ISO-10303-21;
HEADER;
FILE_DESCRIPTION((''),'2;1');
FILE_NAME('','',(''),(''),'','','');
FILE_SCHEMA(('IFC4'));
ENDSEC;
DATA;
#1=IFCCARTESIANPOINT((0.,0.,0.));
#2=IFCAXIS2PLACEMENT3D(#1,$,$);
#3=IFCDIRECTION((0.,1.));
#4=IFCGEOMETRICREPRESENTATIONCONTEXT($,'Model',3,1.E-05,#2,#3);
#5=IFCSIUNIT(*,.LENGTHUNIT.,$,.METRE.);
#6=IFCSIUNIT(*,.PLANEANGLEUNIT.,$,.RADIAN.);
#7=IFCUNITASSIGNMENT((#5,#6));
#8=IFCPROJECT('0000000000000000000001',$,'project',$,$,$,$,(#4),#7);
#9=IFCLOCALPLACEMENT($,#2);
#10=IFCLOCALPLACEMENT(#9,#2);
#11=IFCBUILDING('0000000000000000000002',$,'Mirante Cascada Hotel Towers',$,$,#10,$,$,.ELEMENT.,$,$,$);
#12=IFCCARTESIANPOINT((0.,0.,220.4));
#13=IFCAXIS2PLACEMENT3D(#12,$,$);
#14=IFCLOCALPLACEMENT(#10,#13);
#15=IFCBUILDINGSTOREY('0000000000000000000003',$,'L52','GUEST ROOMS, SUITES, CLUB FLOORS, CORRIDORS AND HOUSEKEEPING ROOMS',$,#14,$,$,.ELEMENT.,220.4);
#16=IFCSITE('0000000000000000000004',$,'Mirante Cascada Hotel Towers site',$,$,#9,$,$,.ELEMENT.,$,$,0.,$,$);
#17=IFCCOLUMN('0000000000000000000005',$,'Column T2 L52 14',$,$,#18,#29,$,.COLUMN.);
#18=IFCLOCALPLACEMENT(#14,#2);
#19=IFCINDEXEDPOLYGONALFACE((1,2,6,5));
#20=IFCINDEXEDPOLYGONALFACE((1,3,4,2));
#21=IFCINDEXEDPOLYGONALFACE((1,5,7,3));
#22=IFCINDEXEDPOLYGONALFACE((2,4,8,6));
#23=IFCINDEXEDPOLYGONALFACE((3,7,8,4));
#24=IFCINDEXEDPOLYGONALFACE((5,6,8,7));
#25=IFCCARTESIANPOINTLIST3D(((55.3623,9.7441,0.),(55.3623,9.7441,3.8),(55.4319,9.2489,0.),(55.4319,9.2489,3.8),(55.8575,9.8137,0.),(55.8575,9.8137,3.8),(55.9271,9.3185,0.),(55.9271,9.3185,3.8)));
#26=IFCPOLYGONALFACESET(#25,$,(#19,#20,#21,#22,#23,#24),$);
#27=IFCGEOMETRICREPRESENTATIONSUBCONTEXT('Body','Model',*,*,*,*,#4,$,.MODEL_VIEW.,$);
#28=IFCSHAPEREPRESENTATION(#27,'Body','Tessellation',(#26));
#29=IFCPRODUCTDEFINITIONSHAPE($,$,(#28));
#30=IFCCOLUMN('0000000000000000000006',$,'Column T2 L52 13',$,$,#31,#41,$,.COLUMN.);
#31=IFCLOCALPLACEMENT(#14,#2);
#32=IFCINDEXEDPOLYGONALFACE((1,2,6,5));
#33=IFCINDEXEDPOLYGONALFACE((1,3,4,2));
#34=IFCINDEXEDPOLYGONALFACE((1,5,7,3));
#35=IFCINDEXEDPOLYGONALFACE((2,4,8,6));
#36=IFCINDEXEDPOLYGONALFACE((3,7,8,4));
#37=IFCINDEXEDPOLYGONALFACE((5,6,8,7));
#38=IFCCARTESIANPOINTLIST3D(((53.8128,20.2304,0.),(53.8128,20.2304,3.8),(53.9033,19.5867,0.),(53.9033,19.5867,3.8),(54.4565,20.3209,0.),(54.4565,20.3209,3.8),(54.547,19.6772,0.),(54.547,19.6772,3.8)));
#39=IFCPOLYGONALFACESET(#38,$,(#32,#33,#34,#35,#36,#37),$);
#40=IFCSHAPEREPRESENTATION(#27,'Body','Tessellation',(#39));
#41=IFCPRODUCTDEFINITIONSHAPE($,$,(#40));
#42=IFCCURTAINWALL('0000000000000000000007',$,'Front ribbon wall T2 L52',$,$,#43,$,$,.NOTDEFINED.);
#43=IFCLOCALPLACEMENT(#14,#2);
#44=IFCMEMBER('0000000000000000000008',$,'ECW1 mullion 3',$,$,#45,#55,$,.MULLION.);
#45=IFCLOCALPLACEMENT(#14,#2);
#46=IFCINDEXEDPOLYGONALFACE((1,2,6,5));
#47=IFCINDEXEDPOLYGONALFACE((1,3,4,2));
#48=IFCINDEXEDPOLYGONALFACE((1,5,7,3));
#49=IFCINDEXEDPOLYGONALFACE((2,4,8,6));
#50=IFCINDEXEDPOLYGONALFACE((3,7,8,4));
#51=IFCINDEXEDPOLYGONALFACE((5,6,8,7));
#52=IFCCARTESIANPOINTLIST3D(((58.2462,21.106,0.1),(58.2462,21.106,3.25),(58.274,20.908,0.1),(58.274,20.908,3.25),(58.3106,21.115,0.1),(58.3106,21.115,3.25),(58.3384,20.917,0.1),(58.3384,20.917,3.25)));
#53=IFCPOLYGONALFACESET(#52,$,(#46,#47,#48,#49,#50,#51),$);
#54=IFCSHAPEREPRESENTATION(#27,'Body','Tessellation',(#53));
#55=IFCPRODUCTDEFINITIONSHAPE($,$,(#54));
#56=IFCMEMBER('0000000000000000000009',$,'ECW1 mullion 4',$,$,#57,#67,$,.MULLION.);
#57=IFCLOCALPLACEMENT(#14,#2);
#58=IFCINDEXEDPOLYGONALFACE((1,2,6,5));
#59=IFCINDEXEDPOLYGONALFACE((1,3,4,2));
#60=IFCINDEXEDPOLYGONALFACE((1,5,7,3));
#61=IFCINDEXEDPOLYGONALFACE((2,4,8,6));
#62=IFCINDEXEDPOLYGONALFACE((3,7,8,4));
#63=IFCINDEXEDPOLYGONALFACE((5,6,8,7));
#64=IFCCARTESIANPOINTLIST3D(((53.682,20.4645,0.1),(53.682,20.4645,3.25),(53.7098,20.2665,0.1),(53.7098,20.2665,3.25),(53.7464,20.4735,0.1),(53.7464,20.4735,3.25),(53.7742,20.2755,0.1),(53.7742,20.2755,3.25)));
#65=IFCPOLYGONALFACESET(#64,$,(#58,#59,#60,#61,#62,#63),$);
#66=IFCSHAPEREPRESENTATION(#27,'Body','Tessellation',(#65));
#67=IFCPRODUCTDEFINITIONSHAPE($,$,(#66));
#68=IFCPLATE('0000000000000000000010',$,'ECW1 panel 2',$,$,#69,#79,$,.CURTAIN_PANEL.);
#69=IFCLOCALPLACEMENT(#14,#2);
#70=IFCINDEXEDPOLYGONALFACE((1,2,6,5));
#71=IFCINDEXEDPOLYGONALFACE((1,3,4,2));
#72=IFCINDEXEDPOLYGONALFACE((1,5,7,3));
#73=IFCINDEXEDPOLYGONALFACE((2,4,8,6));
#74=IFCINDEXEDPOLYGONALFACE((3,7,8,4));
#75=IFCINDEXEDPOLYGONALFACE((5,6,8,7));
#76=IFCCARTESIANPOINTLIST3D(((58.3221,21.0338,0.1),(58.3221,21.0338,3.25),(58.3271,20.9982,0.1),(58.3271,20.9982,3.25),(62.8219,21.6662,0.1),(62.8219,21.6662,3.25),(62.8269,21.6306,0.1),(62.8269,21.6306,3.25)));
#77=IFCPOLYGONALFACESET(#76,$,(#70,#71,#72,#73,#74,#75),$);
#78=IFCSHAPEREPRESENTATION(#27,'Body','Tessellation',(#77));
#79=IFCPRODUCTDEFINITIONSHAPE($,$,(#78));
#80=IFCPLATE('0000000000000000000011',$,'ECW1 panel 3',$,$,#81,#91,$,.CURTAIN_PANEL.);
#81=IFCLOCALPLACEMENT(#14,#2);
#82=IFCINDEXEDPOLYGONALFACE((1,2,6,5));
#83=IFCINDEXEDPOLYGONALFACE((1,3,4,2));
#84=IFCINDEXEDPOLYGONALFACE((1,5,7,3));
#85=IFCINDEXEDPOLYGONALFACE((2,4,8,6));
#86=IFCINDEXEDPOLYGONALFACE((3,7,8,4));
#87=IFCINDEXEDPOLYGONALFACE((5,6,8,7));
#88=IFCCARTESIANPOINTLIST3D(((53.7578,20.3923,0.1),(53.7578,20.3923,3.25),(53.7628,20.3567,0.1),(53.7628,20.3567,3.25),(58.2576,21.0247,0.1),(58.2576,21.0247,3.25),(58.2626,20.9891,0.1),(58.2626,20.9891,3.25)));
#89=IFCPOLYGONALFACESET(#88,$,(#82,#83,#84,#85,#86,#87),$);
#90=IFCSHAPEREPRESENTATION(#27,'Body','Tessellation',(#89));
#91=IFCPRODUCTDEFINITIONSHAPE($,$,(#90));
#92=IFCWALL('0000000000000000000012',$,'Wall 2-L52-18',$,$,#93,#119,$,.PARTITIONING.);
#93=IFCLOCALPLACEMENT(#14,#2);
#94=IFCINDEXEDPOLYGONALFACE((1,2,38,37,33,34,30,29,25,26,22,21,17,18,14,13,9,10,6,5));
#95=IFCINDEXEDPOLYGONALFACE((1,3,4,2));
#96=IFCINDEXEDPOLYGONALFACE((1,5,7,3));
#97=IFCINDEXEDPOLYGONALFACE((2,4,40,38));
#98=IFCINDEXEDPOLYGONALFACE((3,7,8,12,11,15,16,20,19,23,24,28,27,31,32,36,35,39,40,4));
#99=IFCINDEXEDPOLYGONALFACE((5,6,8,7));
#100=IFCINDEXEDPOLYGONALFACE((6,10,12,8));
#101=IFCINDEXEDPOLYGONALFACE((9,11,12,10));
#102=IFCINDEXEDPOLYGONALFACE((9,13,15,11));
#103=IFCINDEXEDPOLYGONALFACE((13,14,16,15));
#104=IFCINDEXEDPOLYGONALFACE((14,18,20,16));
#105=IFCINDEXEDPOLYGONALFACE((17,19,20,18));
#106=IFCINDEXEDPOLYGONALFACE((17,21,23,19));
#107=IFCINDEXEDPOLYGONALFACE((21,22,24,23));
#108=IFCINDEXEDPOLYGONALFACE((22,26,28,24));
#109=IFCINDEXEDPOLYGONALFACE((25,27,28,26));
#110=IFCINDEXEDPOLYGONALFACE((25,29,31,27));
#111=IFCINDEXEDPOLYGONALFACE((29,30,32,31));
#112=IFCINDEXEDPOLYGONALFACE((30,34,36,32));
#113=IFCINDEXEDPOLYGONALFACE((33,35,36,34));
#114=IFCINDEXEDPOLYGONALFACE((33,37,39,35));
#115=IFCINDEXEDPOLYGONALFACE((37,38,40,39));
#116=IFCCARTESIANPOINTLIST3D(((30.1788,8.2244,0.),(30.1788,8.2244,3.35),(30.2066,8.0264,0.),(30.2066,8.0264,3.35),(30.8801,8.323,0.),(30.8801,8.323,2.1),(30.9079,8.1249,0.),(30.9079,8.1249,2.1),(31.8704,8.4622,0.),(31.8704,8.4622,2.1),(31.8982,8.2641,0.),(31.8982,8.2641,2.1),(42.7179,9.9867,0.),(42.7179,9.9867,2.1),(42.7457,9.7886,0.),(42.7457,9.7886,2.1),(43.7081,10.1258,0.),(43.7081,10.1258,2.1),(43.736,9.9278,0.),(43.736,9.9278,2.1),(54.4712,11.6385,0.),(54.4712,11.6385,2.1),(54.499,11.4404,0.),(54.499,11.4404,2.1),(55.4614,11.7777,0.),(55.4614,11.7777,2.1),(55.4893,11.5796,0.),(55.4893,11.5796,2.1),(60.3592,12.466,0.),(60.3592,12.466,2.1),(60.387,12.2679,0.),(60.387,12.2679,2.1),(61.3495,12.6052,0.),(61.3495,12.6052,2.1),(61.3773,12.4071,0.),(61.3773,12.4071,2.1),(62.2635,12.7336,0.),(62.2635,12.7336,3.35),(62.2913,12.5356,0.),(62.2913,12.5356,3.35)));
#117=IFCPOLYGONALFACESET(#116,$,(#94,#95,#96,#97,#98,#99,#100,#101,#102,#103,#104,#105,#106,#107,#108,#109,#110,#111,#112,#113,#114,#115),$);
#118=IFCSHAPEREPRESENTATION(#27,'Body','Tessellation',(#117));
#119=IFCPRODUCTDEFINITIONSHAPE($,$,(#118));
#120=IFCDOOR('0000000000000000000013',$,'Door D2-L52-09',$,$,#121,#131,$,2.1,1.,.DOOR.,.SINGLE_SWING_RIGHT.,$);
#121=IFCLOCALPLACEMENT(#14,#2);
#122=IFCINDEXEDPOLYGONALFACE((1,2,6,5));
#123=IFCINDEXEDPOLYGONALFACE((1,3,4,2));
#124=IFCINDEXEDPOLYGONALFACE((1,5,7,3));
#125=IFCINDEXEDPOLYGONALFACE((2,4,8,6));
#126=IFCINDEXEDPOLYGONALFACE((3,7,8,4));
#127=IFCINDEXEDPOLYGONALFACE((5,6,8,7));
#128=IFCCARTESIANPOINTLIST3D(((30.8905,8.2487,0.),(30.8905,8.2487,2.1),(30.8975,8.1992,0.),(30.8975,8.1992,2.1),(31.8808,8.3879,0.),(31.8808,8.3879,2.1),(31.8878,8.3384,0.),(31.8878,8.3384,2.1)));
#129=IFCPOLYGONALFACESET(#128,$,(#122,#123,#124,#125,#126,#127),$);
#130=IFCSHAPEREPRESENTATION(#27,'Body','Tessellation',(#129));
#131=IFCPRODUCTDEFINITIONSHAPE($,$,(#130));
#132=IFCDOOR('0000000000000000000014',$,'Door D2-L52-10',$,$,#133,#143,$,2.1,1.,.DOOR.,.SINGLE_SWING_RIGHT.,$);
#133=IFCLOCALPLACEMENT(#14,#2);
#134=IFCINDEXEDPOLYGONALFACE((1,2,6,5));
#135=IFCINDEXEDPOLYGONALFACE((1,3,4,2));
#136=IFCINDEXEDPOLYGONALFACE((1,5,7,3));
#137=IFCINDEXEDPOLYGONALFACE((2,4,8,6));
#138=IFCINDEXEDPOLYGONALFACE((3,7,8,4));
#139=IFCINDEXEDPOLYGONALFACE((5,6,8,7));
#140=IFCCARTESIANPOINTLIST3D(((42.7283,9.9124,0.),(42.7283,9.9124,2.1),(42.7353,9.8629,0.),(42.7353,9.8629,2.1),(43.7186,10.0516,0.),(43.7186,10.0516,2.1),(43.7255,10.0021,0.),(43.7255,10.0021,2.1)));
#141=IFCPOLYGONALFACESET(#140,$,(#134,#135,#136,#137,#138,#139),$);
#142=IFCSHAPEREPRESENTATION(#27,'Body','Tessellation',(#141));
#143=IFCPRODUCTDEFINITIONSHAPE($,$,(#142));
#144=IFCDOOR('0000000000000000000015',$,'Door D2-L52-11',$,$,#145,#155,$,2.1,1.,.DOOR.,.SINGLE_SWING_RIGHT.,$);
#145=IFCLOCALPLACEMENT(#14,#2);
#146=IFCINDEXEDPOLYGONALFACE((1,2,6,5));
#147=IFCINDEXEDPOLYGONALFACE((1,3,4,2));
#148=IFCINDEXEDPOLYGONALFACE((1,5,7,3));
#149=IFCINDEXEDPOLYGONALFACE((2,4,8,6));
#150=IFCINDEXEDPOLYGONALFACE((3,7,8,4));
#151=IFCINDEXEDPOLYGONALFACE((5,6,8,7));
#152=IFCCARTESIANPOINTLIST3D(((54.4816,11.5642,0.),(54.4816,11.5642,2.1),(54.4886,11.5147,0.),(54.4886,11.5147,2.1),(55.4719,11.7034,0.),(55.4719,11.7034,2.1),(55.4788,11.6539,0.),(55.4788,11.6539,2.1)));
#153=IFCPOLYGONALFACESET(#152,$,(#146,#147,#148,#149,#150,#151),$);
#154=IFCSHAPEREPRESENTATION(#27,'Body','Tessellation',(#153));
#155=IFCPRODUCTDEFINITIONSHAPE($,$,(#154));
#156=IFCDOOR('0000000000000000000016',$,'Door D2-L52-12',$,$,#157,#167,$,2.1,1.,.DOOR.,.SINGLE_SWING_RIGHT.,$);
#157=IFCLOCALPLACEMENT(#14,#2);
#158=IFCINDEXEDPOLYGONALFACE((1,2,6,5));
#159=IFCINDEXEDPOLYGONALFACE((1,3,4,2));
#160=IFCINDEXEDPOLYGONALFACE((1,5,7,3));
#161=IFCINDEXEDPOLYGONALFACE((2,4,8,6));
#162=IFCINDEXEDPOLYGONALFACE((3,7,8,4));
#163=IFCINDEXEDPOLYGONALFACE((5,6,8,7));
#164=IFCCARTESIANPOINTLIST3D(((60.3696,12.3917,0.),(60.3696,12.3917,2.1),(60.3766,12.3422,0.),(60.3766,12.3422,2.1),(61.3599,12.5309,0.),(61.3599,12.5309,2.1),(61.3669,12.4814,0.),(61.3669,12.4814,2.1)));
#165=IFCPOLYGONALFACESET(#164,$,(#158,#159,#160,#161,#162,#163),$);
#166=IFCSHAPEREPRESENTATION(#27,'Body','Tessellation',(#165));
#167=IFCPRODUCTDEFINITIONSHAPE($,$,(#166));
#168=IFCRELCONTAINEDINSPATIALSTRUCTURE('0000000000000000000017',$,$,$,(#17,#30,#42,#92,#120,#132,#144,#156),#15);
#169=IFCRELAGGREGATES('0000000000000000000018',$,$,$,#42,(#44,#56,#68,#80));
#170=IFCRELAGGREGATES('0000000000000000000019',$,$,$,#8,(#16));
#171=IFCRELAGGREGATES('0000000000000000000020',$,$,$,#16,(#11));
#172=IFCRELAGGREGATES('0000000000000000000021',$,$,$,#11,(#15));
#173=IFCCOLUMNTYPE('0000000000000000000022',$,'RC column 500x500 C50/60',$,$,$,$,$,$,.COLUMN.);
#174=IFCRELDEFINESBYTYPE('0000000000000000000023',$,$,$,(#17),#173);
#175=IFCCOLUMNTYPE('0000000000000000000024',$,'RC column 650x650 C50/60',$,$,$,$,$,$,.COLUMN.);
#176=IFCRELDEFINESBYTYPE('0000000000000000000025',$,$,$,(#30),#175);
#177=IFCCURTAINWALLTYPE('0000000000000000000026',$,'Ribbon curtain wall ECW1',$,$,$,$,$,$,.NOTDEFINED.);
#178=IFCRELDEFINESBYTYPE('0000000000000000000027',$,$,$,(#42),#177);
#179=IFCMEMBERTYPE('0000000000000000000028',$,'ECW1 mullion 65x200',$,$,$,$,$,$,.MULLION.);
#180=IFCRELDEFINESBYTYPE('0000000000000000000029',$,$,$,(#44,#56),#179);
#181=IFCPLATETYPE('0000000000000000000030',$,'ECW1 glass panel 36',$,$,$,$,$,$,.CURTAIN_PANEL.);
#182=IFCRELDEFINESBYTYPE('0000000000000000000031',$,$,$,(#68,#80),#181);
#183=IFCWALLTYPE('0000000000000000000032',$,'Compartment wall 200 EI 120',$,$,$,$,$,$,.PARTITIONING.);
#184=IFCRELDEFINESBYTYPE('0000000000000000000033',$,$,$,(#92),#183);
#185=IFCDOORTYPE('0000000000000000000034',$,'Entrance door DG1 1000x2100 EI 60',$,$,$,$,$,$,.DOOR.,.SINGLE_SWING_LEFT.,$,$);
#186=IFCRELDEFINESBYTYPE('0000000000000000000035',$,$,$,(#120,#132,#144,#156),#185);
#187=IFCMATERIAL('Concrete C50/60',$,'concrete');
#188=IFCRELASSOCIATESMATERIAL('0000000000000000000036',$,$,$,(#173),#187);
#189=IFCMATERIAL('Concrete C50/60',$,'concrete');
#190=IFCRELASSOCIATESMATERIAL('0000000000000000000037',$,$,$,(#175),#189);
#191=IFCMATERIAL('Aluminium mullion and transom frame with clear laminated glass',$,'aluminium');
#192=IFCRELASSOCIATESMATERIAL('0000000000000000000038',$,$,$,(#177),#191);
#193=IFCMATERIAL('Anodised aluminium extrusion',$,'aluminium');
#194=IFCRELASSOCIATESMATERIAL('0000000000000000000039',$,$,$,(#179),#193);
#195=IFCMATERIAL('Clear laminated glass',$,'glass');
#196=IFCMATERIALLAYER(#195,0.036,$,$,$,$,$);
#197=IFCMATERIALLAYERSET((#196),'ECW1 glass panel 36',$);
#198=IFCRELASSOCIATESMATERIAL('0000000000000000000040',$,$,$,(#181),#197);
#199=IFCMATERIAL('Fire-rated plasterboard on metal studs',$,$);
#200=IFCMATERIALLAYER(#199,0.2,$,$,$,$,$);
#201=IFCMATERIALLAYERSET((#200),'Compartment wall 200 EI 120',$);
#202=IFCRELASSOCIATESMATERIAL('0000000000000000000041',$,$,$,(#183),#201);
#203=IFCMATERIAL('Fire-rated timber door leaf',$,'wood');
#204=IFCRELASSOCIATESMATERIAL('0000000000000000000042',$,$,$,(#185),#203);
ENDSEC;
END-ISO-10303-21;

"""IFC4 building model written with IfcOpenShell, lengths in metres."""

from ifc_helpers import new_model, si_unit, direction, frame, frame_2d, origin, origin_2d, place, context, subcontext, project, spatial, rectangle, extrude, material, layer, layer_set, material_profile, profile_set, type_object, element, fill, aggregate, save


model = new_model("IFC4")

# Units and contexts
model_context = context("Model", 3, precision=1e-05, world=origin(), true_north=direction((0.0, 1.0)))
body_context = subcontext(model_context, "Body", "Model", "MODEL_VIEW")
ifc_project = project(units=[si_unit("LENGTHUNIT", "METRE"), si_unit("PLANEANGLEUNIT", "RADIAN")], contexts=[model_context])

# Site, building, storey
site_placement = place(None, origin())
site = spatial("IfcSite", under=ifc_project, at=site_placement, Name="Mirante Cascada Hotel Towers site", CompositionType="ELEMENT", RefElevation=0.0)
building_placement = place(site_placement, origin())
building = spatial("IfcBuilding", under=site, at=building_placement, Name="Mirante Cascada Hotel Towers", CompositionType="ELEMENT")
storey_placement = place(building_placement, frame((0.0, 0.0, 220.4)))
storey = spatial("IfcBuildingStorey", under=building, at=storey_placement, Name="L52", Description="GUEST ROOMS, SUITES, CLUB FLOORS, CORRIDORS AND HOUSEKEEPING ROOMS", CompositionType="ELEMENT", Elevation=220.4)

# Columns
ifc_material_1 = material(Name="Concrete C50/60", Category="concrete")
ifc_material_profile_1 = material_profile(ifc_material_1, rectangle(XDim=0.5, YDim=0.5, at=origin_2d()), Name="RC column 500x500 C50/60")
ifc_profile_set_1 = profile_set([ifc_material_profile_1], Name="Concrete C50/60")
column_type_1 = type_object("IfcColumnType", Name="RC column 500x500 C50/60", PredefinedType="COLUMN", material=ifc_profile_set_1)
column_1_placement = place(storey_placement, frame((55.6447, 9.5313, 0.0), z_axis=(0.0, 0.0, 1.0), x_axis=(0.990268, 0.139173, 0.0)))
element("IfcColumn", 1, at=column_1_placement, inside=storey, type_object=column_type_1, Name="Column T2 L52 14", PredefinedType="COLUMN", context=body_context, shape_type="SweptSolid", body=[
    extrude(rectangle(XDim=0.5, YDim=0.5, at=origin_2d()), origin(), (0.0, 0.0, 1.0), 3.8),
])
ifc_material_2 = material(Name="Concrete C50/60", Category="concrete")
ifc_material_profile_2 = material_profile(ifc_material_2, rectangle(XDim=0.65, YDim=0.65, at=origin_2d()), Name="RC column 650x650 C50/60")
ifc_profile_set_2 = profile_set([ifc_material_profile_2], Name="Concrete C50/60")
column_type_2 = type_object("IfcColumnType", Name="RC column 650x650 C50/60", PredefinedType="COLUMN", material=ifc_profile_set_2)
column_2_placement = place(storey_placement, frame((54.1799, 19.9538, 0.0), z_axis=(0.0, 0.0, 1.0), x_axis=(0.990268, 0.139173, 0.0)))
element("IfcColumn", 2, at=column_2_placement, inside=storey, type_object=column_type_2, Name="Column T2 L52 13", PredefinedType="COLUMN", context=body_context, shape_type="SweptSolid", body=[
    extrude(rectangle(XDim=0.65, YDim=0.65, at=origin_2d()), origin(), (0.0, 0.0, 1.0), 3.8),
])

# Curtain wall, members, plates
ifc_material_3 = material(Name="Aluminium mullion and transom frame with clear laminated glass", Category="aluminium")
curtain_wall_type = type_object("IfcCurtainWallType", Name="Ribbon curtain wall ECW1", PredefinedType="NOTDEFINED", material=ifc_material_3)
curtain_wall_placement = place(storey_placement, origin())
curtain_wall = element("IfcCurtainWall", 3, at=curtain_wall_placement, inside=storey, type_object=curtain_wall_type, Name="Front ribbon wall T2 L52", PredefinedType="NOTDEFINED")
ifc_material_4 = material(Name="Anodised aluminium extrusion", Category="aluminium")
ifc_material_profile_3 = material_profile(ifc_material_4, rectangle(XDim=0.2, YDim=0.065, at=origin_2d()), Name="ECW1 MULLION 65x200")
ifc_profile_set_3 = profile_set([ifc_material_profile_3], Name="Anodised aluminium extrusion")
member_type = type_object("IfcMemberType", Name="ECW1 mullion 65x200", PredefinedType="MULLION", material=ifc_profile_set_3)
member_1_placement = place(storey_placement, frame((58.2923, 21.0115, 0.1), z_axis=(0.0, 0.0, 1.0), x_axis=(0.139173, -0.990268, 0.0)))
member_1 = element("IfcMember", 4, at=member_1_placement, type_object=member_type, Name="ECW1 mullion 3", PredefinedType="MULLION", context=body_context, shape_type="SweptSolid", body=[
    extrude(rectangle(XDim=0.2, YDim=0.065, at=origin_2d()), origin(), (0.0, 0.0, 1.0), 3.15),
])
member_2_placement = place(storey_placement, frame((53.7281, 20.37, 0.1), z_axis=(0.0, 0.0, 1.0), x_axis=(0.139173, -0.990268, 0.0)))
member_2 = element("IfcMember", 5, at=member_2_placement, type_object=member_type, Name="ECW1 mullion 4", PredefinedType="MULLION", context=body_context, shape_type="SweptSolid", body=[
    extrude(rectangle(XDim=0.2, YDim=0.065, at=origin_2d()), origin(), (0.0, 0.0, 1.0), 3.15),
])
ifc_material_5 = material(Name="Clear laminated glass", Category="glass")
ifc_layer_1 = layer(ifc_material_5, 0.036)
ifc_layer_set_1 = layer_set([ifc_layer_1], Name="ECW1 glass panel 36")
plate_type = type_object("IfcPlateType", Name="ECW1 glass panel 36", PredefinedType="CURTAIN_PANEL", material=ifc_layer_set_1)
plate_1_placement = place(storey_placement, frame((60.5745, 21.3322, 0.1), z_axis=(0.0, 0.0, 1.0), x_axis=(-0.990268, -0.139173, 0.0)))
plate_1 = element("IfcPlate", 6, at=plate_1_placement, type_object=plate_type, Name="ECW1 panel 2", PredefinedType="CURTAIN_PANEL", context=body_context, shape_type="SweptSolid", body=[
    extrude(rectangle(XDim=4.5441, YDim=0.036, at=origin_2d()), origin(), (0.0, 0.0, 1.0), 3.15),
])
plate_2_placement = place(storey_placement, frame((56.0102, 20.6907, 0.1), z_axis=(0.0, 0.0, 1.0), x_axis=(-0.990268, -0.139173, 0.0)))
plate_2 = element("IfcPlate", 7, at=plate_2_placement, type_object=plate_type, Name="ECW1 panel 3", PredefinedType="CURTAIN_PANEL", context=body_context, shape_type="SweptSolid", body=[
    extrude(rectangle(XDim=4.5441, YDim=0.036, at=origin_2d()), origin(), (0.0, 0.0, 1.0), 3.15),
])
aggregate(curtain_wall, [member_1, member_2, plate_1, plate_2])

# Wall, openings, doors
ifc_material_6 = material(Name="Fire-rated plasterboard on metal studs")
ifc_layer_2 = layer(ifc_material_6, 0.2)
ifc_layer_set_2 = layer_set([ifc_layer_2], Name="Compartment wall 200 EI 120")
wall_type_1 = type_object("IfcWallType", Name="Compartment wall 200 EI 120", PredefinedType="PARTITIONING", material=ifc_layer_set_2)
wall_1_placement = place(storey_placement, frame((62.2774, 12.6346, 0.0), z_axis=(0.0, 0.0, 1.0), x_axis=(-0.990268, -0.139173, 0.0)))
wall_1 = element("IfcWall", 8, at=wall_1_placement, inside=storey, type_object=wall_type_1, Name="Wall 2-L52-18", PredefinedType="PARTITIONING", context=body_context, shape_type="SweptSolid", body=[
    extrude(rectangle(XDim=32.4, YDim=0.2, at=frame_2d((16.2, 0.0))), origin(), (0.0, 0.0, 1.0), 3.35),
])
opening_1_placement = place(wall_1_placement, frame((30.6918, 0.0, 0.0)))
opening_1 = element("IfcOpeningElement", 9, at=opening_1_placement, cuts=wall_1, PredefinedType="OPENING", context=body_context, shape_type="SweptSolid", body=[
    extrude(rectangle(XDim=1.0, YDim=2.1, at=frame_2d((0.5, 1.05))), frame((0.0, 0.1, 0.0), z_axis=(0.0, -1.0, 0.0), x_axis=(1.0, 0.0, 0.0)), (0.0, 0.0, 1.0), 0.2),
])
opening_2_placement = place(wall_1_placement, frame((18.7377, 0.0, 0.0)))
opening_2 = element("IfcOpeningElement", 10, at=opening_2_placement, cuts=wall_1, PredefinedType="OPENING", context=body_context, shape_type="SweptSolid", body=[
    extrude(rectangle(XDim=1.0, YDim=2.1, at=frame_2d((0.5, 1.05))), frame((0.0, 0.1, 0.0), z_axis=(0.0, -1.0, 0.0), x_axis=(1.0, 0.0, 0.0)), (0.0, 0.0, 1.0), 0.2),
])
opening_3_placement = place(wall_1_placement, frame((6.8689, 0.0, 0.0)))
opening_3 = element("IfcOpeningElement", 11, at=opening_3_placement, cuts=wall_1, PredefinedType="OPENING", context=body_context, shape_type="SweptSolid", body=[
    extrude(rectangle(XDim=1.0, YDim=2.1, at=frame_2d((0.5, 1.05))), frame((0.0, 0.1, 0.0), z_axis=(0.0, -1.0, 0.0), x_axis=(1.0, 0.0, 0.0)), (0.0, 0.0, 1.0), 0.2),
])
opening_4_placement = place(wall_1_placement, frame((0.923, 0.0, 0.0)))
opening_4 = element("IfcOpeningElement", 12, at=opening_4_placement, cuts=wall_1, PredefinedType="OPENING", context=body_context, shape_type="SweptSolid", body=[
    extrude(rectangle(XDim=1.0, YDim=2.1, at=frame_2d((0.5, 1.05))), frame((0.0, 0.1, 0.0), z_axis=(0.0, -1.0, 0.0), x_axis=(1.0, 0.0, 0.0)), (0.0, 0.0, 1.0), 0.2),
])
ifc_material_7 = material(Name="Fire-rated timber door leaf", Category="wood")
door_type_1 = type_object("IfcDoorType", Name="Entrance door DG1 1000x2100 EI 60", OperationType="SINGLE_SWING_LEFT", PredefinedType="DOOR", material=ifc_material_7)
door_1_placement = place(opening_1_placement, frame((1.0, 0.0, 0.0), z_axis=(0.0, 0.0, 1.0), x_axis=(-1.0, 0.0, 0.0)))
door_1 = element("IfcDoor", 13, at=door_1_placement, inside=storey, type_object=door_type_1, Name="Door D2-L52-09", OperationType="SINGLE_SWING_RIGHT", OverallHeight=2.1, OverallWidth=1.0, PredefinedType="DOOR", context=body_context, shape_type="SweptSolid", body=[
    extrude(rectangle(XDim=1.0, YDim=2.1, at=frame_2d((0.5, 1.05))), frame((0.0, 0.025, 0.0), z_axis=(0.0, -1.0, 0.0), x_axis=(1.0, 0.0, 0.0)), (0.0, 0.0, 1.0), 0.05),
])
fill(opening_1, door_1)
door_2_placement = place(opening_2_placement, frame((1.0, 0.0, 0.0), z_axis=(0.0, 0.0, 1.0), x_axis=(-1.0, 0.0, 0.0)))
door_2 = element("IfcDoor", 14, at=door_2_placement, inside=storey, type_object=door_type_1, Name="Door D2-L52-10", OperationType="SINGLE_SWING_RIGHT", OverallHeight=2.1, OverallWidth=1.0, PredefinedType="DOOR", context=body_context, shape_type="SweptSolid", body=[
    extrude(rectangle(XDim=1.0, YDim=2.1, at=frame_2d((0.5, 1.05))), frame((0.0, 0.025, 0.0), z_axis=(0.0, -1.0, 0.0), x_axis=(1.0, 0.0, 0.0)), (0.0, 0.0, 1.0), 0.05),
])
fill(opening_2, door_2)
door_3_placement = place(opening_3_placement, frame((1.0, 0.0, 0.0), z_axis=(0.0, 0.0, 1.0), x_axis=(-1.0, 0.0, 0.0)))
door_3 = element("IfcDoor", 15, at=door_3_placement, inside=storey, type_object=door_type_1, Name="Door D2-L52-11", OperationType="SINGLE_SWING_RIGHT", OverallHeight=2.1, OverallWidth=1.0, PredefinedType="DOOR", context=body_context, shape_type="SweptSolid", body=[
    extrude(rectangle(XDim=1.0, YDim=2.1, at=frame_2d((0.5, 1.05))), frame((0.0, 0.025, 0.0), z_axis=(0.0, -1.0, 0.0), x_axis=(1.0, 0.0, 0.0)), (0.0, 0.0, 1.0), 0.05),
])
fill(opening_3, door_3)
door_4_placement = place(opening_4_placement, frame((1.0, 0.0, 0.0), z_axis=(0.0, 0.0, 1.0), x_axis=(-1.0, 0.0, 0.0)))
door_4 = element("IfcDoor", 16, at=door_4_placement, inside=storey, type_object=door_type_1, Name="Door D2-L52-12", OperationType="SINGLE_SWING_RIGHT", OverallHeight=2.1, OverallWidth=1.0, PredefinedType="DOOR", context=body_context, shape_type="SweptSolid", body=[
    extrude(rectangle(XDim=1.0, YDim=2.1, at=frame_2d((0.5, 1.05))), frame((0.0, 0.025, 0.0), z_axis=(0.0, -1.0, 0.0), x_axis=(1.0, 0.0, 0.0)), (0.0, 0.0, 1.0), 0.05),
])
fill(opening_4, door_4)

save(model, "model.ifc")
